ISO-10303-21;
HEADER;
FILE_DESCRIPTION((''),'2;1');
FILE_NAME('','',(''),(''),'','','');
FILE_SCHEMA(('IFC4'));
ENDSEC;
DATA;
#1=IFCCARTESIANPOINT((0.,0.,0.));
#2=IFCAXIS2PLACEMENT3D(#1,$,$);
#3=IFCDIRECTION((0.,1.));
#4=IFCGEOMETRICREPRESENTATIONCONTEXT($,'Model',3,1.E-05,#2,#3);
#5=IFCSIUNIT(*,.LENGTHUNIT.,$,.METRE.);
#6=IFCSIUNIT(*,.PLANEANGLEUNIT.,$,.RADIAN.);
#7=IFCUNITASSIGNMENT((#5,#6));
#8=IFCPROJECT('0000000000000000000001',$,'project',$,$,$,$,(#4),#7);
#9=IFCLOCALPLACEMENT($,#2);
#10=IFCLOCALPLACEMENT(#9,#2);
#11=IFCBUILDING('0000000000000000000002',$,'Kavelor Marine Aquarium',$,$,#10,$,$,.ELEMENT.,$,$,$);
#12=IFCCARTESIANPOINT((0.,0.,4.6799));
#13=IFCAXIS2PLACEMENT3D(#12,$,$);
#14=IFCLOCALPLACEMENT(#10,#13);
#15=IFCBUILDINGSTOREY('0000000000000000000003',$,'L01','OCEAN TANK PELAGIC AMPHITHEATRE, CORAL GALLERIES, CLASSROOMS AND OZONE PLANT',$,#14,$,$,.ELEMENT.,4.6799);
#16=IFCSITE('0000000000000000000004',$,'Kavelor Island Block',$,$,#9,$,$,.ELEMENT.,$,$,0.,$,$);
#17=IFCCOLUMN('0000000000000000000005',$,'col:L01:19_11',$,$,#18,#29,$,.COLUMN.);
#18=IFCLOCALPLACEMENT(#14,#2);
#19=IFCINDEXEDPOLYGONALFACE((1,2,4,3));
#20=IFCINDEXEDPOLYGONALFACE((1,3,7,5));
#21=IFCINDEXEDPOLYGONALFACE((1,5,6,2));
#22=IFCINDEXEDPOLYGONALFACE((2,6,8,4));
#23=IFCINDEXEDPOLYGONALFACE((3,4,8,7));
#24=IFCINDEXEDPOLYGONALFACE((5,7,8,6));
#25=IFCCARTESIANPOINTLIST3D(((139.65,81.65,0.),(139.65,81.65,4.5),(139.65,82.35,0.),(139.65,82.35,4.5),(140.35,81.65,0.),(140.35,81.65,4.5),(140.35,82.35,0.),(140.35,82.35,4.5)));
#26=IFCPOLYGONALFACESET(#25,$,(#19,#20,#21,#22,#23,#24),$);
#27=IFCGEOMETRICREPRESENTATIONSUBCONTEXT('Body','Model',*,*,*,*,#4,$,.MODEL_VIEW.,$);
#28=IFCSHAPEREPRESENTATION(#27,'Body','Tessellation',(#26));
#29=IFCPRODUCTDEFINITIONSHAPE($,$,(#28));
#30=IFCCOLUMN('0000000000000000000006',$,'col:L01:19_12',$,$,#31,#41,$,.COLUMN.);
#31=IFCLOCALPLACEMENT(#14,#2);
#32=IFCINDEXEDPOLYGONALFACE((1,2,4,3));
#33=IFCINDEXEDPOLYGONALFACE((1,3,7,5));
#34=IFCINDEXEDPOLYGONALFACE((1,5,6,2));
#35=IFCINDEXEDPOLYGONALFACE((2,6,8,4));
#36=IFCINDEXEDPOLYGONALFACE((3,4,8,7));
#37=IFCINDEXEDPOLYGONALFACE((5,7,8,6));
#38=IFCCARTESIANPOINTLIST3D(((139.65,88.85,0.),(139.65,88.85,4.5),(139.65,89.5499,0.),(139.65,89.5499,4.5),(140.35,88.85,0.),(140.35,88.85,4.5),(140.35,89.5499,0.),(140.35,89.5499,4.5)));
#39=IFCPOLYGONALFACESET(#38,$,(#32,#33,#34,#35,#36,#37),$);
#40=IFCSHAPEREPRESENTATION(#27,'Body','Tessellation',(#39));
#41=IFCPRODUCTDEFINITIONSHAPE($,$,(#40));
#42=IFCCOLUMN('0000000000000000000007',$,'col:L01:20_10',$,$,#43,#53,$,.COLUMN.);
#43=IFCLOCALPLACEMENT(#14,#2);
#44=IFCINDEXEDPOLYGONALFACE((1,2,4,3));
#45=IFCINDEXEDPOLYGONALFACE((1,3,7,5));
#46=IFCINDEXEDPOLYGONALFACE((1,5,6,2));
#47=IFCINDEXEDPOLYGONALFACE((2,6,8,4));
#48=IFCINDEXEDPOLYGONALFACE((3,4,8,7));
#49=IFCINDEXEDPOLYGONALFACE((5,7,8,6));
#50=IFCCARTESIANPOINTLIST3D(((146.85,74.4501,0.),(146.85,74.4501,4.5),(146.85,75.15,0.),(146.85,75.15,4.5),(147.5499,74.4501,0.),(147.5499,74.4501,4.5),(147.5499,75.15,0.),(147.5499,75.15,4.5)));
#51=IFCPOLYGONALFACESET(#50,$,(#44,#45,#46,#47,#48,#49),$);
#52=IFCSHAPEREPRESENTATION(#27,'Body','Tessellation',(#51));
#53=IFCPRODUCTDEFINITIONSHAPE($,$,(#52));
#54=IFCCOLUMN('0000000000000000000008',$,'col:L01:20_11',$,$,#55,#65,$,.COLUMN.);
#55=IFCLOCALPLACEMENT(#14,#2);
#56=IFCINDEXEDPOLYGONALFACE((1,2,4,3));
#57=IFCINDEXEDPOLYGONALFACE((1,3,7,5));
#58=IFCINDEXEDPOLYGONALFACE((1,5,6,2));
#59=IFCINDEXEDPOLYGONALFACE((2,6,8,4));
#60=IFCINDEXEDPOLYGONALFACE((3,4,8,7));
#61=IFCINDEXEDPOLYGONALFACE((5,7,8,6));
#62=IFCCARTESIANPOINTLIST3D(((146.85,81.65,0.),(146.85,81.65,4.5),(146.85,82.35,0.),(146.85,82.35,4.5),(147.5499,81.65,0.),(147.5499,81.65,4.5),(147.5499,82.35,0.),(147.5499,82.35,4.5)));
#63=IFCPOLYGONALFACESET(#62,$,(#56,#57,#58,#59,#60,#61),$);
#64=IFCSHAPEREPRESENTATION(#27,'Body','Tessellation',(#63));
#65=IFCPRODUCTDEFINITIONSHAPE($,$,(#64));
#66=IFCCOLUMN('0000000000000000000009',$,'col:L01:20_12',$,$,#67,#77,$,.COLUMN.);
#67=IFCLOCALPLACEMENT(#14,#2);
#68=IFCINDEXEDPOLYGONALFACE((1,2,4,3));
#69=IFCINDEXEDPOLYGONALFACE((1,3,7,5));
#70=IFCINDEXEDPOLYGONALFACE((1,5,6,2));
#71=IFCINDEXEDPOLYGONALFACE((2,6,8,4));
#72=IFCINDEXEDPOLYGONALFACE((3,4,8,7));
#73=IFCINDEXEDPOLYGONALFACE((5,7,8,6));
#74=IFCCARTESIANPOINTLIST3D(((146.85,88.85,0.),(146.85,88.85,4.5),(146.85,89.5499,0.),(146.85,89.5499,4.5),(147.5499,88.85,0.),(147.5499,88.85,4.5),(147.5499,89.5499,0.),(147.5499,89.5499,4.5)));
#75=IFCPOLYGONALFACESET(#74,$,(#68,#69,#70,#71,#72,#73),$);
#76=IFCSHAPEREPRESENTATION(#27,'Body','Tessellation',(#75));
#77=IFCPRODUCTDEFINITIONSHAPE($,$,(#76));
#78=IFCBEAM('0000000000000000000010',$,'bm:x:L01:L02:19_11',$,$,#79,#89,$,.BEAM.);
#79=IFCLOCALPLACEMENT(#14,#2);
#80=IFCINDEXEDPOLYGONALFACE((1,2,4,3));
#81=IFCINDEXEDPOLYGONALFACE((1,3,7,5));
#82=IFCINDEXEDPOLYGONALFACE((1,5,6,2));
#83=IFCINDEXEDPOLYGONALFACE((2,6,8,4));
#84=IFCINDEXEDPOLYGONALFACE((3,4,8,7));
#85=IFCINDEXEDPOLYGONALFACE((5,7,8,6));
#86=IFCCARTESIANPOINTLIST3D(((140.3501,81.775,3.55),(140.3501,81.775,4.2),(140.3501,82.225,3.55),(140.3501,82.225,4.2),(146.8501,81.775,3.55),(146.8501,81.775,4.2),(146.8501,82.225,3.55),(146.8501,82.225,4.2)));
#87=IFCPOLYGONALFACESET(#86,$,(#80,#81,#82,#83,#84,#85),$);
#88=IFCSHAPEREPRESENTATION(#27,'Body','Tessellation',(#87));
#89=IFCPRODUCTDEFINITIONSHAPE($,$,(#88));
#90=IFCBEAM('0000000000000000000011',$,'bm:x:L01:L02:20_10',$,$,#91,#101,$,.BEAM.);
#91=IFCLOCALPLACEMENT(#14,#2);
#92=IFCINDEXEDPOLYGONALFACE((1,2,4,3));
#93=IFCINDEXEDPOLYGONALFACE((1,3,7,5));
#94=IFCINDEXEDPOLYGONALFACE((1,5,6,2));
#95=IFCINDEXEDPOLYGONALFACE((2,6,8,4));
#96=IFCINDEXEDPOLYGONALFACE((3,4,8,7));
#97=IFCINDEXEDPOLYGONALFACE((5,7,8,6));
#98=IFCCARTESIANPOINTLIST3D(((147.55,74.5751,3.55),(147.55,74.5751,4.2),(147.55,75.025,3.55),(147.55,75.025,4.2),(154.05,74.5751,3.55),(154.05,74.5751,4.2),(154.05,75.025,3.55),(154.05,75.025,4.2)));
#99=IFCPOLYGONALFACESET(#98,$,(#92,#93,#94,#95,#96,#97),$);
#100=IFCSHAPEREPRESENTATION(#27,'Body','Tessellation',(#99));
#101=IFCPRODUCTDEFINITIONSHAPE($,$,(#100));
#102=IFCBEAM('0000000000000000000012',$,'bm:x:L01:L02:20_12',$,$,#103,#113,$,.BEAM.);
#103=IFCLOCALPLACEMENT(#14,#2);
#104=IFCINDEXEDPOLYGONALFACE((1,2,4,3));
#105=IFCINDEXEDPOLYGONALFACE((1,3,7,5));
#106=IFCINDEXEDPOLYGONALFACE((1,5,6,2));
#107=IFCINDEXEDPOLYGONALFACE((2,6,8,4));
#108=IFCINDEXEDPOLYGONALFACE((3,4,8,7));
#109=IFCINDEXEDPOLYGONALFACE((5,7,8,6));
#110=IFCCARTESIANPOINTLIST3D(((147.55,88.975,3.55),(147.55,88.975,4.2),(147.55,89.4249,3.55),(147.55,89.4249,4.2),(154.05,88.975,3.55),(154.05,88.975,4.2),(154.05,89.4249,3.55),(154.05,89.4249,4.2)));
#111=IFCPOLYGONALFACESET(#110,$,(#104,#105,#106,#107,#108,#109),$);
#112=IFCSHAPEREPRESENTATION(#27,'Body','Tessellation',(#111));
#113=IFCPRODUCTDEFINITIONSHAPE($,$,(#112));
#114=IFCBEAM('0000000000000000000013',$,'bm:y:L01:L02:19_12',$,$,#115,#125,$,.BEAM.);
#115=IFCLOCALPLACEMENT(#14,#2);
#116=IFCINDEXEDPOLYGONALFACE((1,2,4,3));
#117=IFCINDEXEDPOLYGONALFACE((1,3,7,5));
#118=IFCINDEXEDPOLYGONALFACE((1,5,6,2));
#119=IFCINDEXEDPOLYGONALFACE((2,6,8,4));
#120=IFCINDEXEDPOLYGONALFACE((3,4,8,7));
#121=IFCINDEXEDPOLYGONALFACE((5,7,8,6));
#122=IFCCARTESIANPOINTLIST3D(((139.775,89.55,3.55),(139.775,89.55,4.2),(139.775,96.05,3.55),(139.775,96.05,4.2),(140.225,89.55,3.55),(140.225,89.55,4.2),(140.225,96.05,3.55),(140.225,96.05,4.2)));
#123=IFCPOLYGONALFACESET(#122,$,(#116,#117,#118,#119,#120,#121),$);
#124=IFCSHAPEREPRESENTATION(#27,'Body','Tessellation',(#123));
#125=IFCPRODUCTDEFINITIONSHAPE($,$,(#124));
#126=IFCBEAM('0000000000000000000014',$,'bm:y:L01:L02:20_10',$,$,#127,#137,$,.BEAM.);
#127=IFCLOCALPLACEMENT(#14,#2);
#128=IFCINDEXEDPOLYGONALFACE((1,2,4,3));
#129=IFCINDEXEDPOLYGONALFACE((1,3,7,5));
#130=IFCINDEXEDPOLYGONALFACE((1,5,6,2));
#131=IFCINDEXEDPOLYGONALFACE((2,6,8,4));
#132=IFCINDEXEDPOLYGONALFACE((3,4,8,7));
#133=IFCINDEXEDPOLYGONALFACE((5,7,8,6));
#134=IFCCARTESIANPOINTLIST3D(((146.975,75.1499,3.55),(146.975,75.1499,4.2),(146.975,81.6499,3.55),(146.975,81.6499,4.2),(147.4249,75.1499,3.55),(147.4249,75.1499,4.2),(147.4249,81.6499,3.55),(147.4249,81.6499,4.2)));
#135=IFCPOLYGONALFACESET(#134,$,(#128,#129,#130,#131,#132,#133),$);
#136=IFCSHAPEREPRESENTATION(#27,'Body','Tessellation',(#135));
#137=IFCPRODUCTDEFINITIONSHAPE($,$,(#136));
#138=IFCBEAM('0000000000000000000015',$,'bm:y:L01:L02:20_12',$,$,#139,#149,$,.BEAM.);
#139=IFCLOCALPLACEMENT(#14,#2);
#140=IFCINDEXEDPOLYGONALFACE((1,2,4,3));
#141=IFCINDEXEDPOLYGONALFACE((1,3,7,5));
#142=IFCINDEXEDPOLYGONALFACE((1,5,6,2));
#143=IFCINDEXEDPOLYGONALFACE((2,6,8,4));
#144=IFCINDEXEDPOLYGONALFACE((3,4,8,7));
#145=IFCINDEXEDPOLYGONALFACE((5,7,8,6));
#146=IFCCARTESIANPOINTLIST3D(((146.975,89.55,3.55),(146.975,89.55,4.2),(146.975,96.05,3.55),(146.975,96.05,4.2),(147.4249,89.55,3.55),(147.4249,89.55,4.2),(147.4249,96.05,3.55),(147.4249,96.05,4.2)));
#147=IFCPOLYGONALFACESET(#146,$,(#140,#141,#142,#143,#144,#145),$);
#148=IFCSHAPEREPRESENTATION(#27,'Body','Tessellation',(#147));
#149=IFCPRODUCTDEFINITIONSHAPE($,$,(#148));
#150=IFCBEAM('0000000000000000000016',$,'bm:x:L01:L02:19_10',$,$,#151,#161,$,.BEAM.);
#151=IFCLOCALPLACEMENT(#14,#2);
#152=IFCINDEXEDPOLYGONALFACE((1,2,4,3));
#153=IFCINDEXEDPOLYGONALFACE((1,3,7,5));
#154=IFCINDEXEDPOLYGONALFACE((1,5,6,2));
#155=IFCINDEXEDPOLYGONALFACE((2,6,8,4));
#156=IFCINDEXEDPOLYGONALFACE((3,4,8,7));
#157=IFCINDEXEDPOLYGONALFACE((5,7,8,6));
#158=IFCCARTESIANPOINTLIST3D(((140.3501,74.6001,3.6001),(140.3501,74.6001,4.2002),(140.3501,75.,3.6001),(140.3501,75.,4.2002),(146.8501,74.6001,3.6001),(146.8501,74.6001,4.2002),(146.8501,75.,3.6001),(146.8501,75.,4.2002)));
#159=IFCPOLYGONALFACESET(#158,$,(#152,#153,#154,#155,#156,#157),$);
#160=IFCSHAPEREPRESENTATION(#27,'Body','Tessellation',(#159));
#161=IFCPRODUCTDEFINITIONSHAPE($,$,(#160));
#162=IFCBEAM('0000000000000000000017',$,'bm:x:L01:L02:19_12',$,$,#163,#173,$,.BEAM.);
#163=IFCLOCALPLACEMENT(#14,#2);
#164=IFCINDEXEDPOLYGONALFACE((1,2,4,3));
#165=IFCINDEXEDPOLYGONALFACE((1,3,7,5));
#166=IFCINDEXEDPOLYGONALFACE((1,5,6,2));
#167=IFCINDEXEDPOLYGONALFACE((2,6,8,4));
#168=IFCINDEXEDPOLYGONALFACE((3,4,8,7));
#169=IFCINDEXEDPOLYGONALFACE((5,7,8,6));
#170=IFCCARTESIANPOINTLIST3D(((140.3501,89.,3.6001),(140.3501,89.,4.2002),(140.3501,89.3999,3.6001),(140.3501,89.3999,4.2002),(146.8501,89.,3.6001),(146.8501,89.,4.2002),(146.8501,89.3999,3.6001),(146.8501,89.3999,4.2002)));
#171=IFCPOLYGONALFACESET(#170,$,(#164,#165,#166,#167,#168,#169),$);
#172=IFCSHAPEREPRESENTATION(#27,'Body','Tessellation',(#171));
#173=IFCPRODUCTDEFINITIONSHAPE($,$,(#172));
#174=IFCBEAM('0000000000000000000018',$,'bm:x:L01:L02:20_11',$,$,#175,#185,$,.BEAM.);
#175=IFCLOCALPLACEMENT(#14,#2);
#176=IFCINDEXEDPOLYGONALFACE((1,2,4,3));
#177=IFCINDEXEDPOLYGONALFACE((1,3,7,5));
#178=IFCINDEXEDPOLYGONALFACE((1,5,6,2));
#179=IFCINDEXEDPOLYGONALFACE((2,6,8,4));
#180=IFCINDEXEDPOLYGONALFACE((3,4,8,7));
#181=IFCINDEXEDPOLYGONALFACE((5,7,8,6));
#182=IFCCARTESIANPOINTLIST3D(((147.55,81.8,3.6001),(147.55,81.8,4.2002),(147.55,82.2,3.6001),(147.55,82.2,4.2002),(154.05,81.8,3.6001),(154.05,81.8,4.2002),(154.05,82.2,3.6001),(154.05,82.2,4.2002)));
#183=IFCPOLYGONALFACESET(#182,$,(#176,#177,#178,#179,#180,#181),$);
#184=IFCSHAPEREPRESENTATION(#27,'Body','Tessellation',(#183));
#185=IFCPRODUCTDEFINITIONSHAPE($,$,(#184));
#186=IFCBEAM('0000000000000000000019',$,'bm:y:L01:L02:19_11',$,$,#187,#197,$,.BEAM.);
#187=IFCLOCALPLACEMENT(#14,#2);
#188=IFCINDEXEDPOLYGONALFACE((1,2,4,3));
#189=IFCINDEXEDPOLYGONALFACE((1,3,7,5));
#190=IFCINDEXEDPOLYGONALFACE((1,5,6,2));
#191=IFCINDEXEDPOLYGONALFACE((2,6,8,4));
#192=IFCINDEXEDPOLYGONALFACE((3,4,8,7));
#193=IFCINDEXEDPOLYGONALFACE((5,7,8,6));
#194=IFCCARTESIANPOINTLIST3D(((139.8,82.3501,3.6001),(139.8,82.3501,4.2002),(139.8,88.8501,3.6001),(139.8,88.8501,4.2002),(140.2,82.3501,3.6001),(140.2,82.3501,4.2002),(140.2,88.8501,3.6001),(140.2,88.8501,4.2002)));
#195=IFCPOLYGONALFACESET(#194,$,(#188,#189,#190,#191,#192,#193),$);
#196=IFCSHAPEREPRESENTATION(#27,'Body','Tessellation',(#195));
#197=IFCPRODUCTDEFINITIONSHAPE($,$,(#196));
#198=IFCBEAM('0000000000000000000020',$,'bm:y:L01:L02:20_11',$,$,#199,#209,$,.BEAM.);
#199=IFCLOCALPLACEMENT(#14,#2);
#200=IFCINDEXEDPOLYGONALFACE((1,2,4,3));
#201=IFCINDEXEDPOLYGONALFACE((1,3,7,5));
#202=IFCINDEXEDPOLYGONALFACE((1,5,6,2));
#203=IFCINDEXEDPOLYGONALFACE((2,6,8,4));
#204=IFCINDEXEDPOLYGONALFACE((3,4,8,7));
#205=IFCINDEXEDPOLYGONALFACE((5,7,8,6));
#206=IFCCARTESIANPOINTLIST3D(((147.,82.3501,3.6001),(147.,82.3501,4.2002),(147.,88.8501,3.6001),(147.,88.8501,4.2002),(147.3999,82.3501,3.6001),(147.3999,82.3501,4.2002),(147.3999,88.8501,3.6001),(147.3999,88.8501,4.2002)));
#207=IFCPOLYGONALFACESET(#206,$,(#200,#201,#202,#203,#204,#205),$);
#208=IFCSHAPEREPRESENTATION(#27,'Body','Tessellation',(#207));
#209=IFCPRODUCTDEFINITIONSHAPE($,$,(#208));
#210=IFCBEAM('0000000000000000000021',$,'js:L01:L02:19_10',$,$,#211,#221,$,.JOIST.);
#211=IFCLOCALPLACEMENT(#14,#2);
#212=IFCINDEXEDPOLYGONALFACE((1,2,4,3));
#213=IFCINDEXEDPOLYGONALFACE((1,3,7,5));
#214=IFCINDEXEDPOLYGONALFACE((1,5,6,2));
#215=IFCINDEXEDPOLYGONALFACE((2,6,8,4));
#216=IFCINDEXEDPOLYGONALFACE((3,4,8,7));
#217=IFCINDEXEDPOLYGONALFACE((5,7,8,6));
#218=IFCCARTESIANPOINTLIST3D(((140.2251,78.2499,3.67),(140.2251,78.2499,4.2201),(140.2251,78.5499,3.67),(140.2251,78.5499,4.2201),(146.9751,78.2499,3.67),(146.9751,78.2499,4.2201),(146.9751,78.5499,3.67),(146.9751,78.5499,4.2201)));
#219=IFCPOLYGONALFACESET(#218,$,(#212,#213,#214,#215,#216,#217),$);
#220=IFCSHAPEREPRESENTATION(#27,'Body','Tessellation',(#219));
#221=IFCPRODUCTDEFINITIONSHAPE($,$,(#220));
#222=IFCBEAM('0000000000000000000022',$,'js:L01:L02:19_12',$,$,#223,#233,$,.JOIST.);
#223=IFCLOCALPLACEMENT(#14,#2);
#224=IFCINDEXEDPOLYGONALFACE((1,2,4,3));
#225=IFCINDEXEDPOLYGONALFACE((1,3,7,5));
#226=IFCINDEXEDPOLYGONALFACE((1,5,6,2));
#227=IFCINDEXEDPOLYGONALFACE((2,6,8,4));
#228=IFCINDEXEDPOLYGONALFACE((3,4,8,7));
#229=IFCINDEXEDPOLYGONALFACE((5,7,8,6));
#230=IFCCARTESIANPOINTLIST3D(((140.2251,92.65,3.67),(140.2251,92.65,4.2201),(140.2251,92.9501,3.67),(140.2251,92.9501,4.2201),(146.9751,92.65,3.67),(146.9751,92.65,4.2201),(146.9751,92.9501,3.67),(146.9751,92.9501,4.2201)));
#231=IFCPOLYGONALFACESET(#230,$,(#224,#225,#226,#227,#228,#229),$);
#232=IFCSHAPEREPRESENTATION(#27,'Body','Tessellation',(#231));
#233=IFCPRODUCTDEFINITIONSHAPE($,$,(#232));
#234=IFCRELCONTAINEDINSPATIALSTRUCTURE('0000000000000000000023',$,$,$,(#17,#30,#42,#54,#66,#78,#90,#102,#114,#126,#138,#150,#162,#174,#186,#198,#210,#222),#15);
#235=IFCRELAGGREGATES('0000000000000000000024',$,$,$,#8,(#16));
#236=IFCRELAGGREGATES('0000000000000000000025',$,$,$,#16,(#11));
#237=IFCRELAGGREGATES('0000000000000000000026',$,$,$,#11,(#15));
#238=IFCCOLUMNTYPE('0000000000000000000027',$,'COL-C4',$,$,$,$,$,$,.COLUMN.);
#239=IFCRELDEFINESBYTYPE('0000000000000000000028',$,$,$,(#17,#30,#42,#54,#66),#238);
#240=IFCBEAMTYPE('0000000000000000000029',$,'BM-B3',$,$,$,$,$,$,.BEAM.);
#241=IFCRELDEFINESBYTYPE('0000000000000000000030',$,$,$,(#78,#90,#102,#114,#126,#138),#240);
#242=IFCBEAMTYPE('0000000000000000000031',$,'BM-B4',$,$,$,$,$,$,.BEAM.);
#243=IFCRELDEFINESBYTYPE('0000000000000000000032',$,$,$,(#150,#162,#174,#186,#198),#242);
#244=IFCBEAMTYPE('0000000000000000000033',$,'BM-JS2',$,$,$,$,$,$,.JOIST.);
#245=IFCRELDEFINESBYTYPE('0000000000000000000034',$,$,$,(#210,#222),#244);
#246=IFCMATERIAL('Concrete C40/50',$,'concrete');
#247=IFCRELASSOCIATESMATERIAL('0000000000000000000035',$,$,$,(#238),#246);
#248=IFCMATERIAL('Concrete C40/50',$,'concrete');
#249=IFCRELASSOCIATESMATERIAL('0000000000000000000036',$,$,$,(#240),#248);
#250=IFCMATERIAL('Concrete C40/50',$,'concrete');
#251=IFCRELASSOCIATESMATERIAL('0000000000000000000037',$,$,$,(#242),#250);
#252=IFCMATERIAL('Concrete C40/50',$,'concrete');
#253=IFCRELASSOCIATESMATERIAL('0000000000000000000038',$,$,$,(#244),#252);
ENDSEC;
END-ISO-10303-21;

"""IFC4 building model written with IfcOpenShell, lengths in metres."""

from ifc_helpers import new_model, si_unit, direction, frame, origin, origin_2d, place, context, subcontext, project, spatial, rectangle, extrude, material, material_profile, profile_set, type_object, element, save


model = new_model("IFC4")

# Units and contexts
model_context = context("Model", 3, precision=1e-05, world=origin(), true_north=direction((0.0, 1.0)))
body_context = subcontext(model_context, "Body", "Model", "MODEL_VIEW")
ifc_project = project(units=[si_unit("LENGTHUNIT", "METRE"), si_unit("PLANEANGLEUNIT", "RADIAN")], contexts=[model_context])

# Site, building, storey
site_placement = place(None, origin())
site = spatial("IfcSite", under=ifc_project, at=site_placement, Name="Kavelor Island Block", CompositionType="ELEMENT", RefElevation=0.0)
building_placement = place(site_placement, origin())
building = spatial("IfcBuilding", under=site, at=building_placement, Name="Kavelor Marine Aquarium", CompositionType="ELEMENT")
storey_placement = place(building_placement, frame((0.0, 0.0, 4.6799)))
storey = spatial("IfcBuildingStorey", under=building, at=storey_placement, Name="L01", Description="OCEAN TANK PELAGIC AMPHITHEATRE, CORAL GALLERIES, CLASSROOMS AND OZONE PLANT", CompositionType="ELEMENT", Elevation=4.6799)

# Columns
ifc_material_1 = material(Name="Concrete C40/50", Category="concrete")
ifc_material_profile_1 = material_profile(ifc_material_1, rectangle(XDim=0.7, YDim=0.7, at=origin_2d()), Name="RC-COL 700x700")
ifc_profile_set_1 = profile_set([ifc_material_profile_1], Name="Concrete C40/50")
column_type = type_object("IfcColumnType", Name="COL-C4", PredefinedType="COLUMN", material=ifc_profile_set_1)
for number, where, z_axis, x_axis, name in (
    (1, (140.0, 82.0, 0.0), (0.0, 0.0, 1.0), (1.0, 0.0, 0.0), "col:L01:19_11"),
    (2, (140.0, 89.2, 0.0), (0.0, 0.0, 1.0), (1.0, 0.0, 0.0), "col:L01:19_12"),
    (3, (147.2, 74.8, 0.0), (0.0, 0.0, 1.0), (1.0, 0.0, 0.0), "col:L01:20_10"),
    (4, (147.2, 82.0, 0.0), (0.0, 0.0, 1.0), (1.0, 0.0, 0.0), "col:L01:20_11"),
    (5, (147.2, 89.2, 0.0), (0.0, 0.0, 1.0), (1.0, 0.0, 0.0), "col:L01:20_12"),
):
    element("IfcColumn", number, at=place(storey_placement, frame(where, z_axis=z_axis, x_axis=x_axis)), inside=storey, type_object=column_type, Name=name, PredefinedType="COLUMN", context=body_context, shape_type="SweptSolid", body=[
        extrude(rectangle(XDim=0.7, YDim=0.7, at=origin_2d()), origin(), (0.0, 0.0, 1.0), 4.5),
    ])

# Beams
ifc_material_2 = material(Name="Concrete C40/50", Category="concrete")
ifc_material_profile_2 = material_profile(ifc_material_2, rectangle(XDim=0.45, YDim=0.6499, at=origin_2d()), Name="RC-BM 450x650")
ifc_profile_set_2 = profile_set([ifc_material_profile_2], Name="Concrete C40/50")
beam_type_1 = type_object("IfcBeamType", Name="BM-B3", PredefinedType="BEAM", material=ifc_profile_set_2)
for number, where, z_axis, x_axis, name in (
    (6, (140.3501, 82.0, 3.875), (1.0, 0.0, 0.0), (0.0, 1.0, 0.0), "bm:x:L01:L02:19_11"),
    (7, (147.55, 74.8, 3.875), (1.0, 0.0, 0.0), (0.0, 1.0, 0.0), "bm:x:L01:L02:20_10"),
    (8, (147.55, 89.2, 3.875), (1.0, 0.0, 0.0), (0.0, 1.0, 0.0), "bm:x:L01:L02:20_12"),
    (9, (140.0, 89.55, 3.875), (0.0, 1.0, 0.0), (-1.0, 0.0, 0.0), "bm:y:L01:L02:19_12"),
    (10, (147.2, 75.1499, 3.875), (0.0, 1.0, 0.0), (-1.0, 0.0, 0.0), "bm:y:L01:L02:20_10"),
    (11, (147.2, 89.55, 3.875), (0.0, 1.0, 0.0), (-1.0, 0.0, 0.0), "bm:y:L01:L02:20_12"),
):
    element("IfcBeam", number, at=place(storey_placement, frame(where, z_axis=z_axis, x_axis=x_axis)), inside=storey, type_object=beam_type_1, Name=name, PredefinedType="BEAM", context=body_context, shape_type="SweptSolid", body=[
        extrude(rectangle(XDim=0.45, YDim=0.6499, at=origin_2d()), origin(), (0.0, 0.0, 1.0), 6.5),
    ])
ifc_material_3 = material(Name="Concrete C40/50", Category="concrete")
ifc_material_profile_3 = material_profile(ifc_material_3, rectangle(XDim=0.3999, YDim=0.6001, at=origin_2d()), Name="RC-BM 400x600")
ifc_profile_set_3 = profile_set([ifc_material_profile_3], Name="Concrete C40/50")
beam_type_2 = type_object("IfcBeamType", Name="BM-B4", PredefinedType="BEAM", material=ifc_profile_set_3)
for number, where, z_axis, x_axis, name in (
    (12, (140.3501, 74.8, 3.9001), (1.0, 0.0, 0.0), (0.0, 1.0, 0.0), "bm:x:L01:L02:19_10"),
    (13, (140.3501, 89.2, 3.9001), (1.0, 0.0, 0.0), (0.0, 1.0, 0.0), "bm:x:L01:L02:19_12"),
    (14, (147.55, 82.0, 3.9001), (1.0, 0.0, 0.0), (0.0, 1.0, 0.0), "bm:x:L01:L02:20_11"),
    (15, (140.0, 82.3501, 3.9001), (0.0, 1.0, 0.0), (-1.0, 0.0, 0.0), "bm:y:L01:L02:19_11"),
    (16, (147.2, 82.3501, 3.9001), (0.0, 1.0, 0.0), (-1.0, 0.0, 0.0), "bm:y:L01:L02:20_11"),
):
    element("IfcBeam", number, at=place(storey_placement, frame(where, z_axis=z_axis, x_axis=x_axis)), inside=storey, type_object=beam_type_2, Name=name, PredefinedType="BEAM", context=body_context, shape_type="SweptSolid", body=[
        extrude(rectangle(XDim=0.3999, YDim=0.6001, at=origin_2d()), origin(), (0.0, 0.0, 1.0), 6.5),
    ])
ifc_material_4 = material(Name="Concrete C40/50", Category="concrete")
ifc_material_profile_4 = material_profile(ifc_material_4, rectangle(XDim=0.3, YDim=0.55, at=origin_2d()), Name="RC-JS 300x550")
ifc_profile_set_4 = profile_set([ifc_material_profile_4], Name="Concrete C40/50")
beam_type_3 = type_object("IfcBeamType", Name="BM-JS2", PredefinedType="JOIST", material=ifc_profile_set_4)
for number, where, z_axis, x_axis, name in (
    (17, (140.2251, 78.3999, 3.9451), (1.0, 0.0, 0.0), (0.0, 1.0, 0.0), "js:L01:L02:19_10"),
    (18, (140.2251, 92.8, 3.9451), (1.0, 0.0, 0.0), (0.0, 1.0, 0.0), "js:L01:L02:19_12"),
):
    element("IfcBeam", number, at=place(storey_placement, frame(where, z_axis=z_axis, x_axis=x_axis)), inside=storey, type_object=beam_type_3, Name=name, PredefinedType="JOIST", context=body_context, shape_type="SweptSolid", body=[
        extrude(rectangle(XDim=0.3, YDim=0.55, at=origin_2d()), origin(), (0.0, 0.0, 1.0), 6.75),
    ])

save(model, "model.ifc")
